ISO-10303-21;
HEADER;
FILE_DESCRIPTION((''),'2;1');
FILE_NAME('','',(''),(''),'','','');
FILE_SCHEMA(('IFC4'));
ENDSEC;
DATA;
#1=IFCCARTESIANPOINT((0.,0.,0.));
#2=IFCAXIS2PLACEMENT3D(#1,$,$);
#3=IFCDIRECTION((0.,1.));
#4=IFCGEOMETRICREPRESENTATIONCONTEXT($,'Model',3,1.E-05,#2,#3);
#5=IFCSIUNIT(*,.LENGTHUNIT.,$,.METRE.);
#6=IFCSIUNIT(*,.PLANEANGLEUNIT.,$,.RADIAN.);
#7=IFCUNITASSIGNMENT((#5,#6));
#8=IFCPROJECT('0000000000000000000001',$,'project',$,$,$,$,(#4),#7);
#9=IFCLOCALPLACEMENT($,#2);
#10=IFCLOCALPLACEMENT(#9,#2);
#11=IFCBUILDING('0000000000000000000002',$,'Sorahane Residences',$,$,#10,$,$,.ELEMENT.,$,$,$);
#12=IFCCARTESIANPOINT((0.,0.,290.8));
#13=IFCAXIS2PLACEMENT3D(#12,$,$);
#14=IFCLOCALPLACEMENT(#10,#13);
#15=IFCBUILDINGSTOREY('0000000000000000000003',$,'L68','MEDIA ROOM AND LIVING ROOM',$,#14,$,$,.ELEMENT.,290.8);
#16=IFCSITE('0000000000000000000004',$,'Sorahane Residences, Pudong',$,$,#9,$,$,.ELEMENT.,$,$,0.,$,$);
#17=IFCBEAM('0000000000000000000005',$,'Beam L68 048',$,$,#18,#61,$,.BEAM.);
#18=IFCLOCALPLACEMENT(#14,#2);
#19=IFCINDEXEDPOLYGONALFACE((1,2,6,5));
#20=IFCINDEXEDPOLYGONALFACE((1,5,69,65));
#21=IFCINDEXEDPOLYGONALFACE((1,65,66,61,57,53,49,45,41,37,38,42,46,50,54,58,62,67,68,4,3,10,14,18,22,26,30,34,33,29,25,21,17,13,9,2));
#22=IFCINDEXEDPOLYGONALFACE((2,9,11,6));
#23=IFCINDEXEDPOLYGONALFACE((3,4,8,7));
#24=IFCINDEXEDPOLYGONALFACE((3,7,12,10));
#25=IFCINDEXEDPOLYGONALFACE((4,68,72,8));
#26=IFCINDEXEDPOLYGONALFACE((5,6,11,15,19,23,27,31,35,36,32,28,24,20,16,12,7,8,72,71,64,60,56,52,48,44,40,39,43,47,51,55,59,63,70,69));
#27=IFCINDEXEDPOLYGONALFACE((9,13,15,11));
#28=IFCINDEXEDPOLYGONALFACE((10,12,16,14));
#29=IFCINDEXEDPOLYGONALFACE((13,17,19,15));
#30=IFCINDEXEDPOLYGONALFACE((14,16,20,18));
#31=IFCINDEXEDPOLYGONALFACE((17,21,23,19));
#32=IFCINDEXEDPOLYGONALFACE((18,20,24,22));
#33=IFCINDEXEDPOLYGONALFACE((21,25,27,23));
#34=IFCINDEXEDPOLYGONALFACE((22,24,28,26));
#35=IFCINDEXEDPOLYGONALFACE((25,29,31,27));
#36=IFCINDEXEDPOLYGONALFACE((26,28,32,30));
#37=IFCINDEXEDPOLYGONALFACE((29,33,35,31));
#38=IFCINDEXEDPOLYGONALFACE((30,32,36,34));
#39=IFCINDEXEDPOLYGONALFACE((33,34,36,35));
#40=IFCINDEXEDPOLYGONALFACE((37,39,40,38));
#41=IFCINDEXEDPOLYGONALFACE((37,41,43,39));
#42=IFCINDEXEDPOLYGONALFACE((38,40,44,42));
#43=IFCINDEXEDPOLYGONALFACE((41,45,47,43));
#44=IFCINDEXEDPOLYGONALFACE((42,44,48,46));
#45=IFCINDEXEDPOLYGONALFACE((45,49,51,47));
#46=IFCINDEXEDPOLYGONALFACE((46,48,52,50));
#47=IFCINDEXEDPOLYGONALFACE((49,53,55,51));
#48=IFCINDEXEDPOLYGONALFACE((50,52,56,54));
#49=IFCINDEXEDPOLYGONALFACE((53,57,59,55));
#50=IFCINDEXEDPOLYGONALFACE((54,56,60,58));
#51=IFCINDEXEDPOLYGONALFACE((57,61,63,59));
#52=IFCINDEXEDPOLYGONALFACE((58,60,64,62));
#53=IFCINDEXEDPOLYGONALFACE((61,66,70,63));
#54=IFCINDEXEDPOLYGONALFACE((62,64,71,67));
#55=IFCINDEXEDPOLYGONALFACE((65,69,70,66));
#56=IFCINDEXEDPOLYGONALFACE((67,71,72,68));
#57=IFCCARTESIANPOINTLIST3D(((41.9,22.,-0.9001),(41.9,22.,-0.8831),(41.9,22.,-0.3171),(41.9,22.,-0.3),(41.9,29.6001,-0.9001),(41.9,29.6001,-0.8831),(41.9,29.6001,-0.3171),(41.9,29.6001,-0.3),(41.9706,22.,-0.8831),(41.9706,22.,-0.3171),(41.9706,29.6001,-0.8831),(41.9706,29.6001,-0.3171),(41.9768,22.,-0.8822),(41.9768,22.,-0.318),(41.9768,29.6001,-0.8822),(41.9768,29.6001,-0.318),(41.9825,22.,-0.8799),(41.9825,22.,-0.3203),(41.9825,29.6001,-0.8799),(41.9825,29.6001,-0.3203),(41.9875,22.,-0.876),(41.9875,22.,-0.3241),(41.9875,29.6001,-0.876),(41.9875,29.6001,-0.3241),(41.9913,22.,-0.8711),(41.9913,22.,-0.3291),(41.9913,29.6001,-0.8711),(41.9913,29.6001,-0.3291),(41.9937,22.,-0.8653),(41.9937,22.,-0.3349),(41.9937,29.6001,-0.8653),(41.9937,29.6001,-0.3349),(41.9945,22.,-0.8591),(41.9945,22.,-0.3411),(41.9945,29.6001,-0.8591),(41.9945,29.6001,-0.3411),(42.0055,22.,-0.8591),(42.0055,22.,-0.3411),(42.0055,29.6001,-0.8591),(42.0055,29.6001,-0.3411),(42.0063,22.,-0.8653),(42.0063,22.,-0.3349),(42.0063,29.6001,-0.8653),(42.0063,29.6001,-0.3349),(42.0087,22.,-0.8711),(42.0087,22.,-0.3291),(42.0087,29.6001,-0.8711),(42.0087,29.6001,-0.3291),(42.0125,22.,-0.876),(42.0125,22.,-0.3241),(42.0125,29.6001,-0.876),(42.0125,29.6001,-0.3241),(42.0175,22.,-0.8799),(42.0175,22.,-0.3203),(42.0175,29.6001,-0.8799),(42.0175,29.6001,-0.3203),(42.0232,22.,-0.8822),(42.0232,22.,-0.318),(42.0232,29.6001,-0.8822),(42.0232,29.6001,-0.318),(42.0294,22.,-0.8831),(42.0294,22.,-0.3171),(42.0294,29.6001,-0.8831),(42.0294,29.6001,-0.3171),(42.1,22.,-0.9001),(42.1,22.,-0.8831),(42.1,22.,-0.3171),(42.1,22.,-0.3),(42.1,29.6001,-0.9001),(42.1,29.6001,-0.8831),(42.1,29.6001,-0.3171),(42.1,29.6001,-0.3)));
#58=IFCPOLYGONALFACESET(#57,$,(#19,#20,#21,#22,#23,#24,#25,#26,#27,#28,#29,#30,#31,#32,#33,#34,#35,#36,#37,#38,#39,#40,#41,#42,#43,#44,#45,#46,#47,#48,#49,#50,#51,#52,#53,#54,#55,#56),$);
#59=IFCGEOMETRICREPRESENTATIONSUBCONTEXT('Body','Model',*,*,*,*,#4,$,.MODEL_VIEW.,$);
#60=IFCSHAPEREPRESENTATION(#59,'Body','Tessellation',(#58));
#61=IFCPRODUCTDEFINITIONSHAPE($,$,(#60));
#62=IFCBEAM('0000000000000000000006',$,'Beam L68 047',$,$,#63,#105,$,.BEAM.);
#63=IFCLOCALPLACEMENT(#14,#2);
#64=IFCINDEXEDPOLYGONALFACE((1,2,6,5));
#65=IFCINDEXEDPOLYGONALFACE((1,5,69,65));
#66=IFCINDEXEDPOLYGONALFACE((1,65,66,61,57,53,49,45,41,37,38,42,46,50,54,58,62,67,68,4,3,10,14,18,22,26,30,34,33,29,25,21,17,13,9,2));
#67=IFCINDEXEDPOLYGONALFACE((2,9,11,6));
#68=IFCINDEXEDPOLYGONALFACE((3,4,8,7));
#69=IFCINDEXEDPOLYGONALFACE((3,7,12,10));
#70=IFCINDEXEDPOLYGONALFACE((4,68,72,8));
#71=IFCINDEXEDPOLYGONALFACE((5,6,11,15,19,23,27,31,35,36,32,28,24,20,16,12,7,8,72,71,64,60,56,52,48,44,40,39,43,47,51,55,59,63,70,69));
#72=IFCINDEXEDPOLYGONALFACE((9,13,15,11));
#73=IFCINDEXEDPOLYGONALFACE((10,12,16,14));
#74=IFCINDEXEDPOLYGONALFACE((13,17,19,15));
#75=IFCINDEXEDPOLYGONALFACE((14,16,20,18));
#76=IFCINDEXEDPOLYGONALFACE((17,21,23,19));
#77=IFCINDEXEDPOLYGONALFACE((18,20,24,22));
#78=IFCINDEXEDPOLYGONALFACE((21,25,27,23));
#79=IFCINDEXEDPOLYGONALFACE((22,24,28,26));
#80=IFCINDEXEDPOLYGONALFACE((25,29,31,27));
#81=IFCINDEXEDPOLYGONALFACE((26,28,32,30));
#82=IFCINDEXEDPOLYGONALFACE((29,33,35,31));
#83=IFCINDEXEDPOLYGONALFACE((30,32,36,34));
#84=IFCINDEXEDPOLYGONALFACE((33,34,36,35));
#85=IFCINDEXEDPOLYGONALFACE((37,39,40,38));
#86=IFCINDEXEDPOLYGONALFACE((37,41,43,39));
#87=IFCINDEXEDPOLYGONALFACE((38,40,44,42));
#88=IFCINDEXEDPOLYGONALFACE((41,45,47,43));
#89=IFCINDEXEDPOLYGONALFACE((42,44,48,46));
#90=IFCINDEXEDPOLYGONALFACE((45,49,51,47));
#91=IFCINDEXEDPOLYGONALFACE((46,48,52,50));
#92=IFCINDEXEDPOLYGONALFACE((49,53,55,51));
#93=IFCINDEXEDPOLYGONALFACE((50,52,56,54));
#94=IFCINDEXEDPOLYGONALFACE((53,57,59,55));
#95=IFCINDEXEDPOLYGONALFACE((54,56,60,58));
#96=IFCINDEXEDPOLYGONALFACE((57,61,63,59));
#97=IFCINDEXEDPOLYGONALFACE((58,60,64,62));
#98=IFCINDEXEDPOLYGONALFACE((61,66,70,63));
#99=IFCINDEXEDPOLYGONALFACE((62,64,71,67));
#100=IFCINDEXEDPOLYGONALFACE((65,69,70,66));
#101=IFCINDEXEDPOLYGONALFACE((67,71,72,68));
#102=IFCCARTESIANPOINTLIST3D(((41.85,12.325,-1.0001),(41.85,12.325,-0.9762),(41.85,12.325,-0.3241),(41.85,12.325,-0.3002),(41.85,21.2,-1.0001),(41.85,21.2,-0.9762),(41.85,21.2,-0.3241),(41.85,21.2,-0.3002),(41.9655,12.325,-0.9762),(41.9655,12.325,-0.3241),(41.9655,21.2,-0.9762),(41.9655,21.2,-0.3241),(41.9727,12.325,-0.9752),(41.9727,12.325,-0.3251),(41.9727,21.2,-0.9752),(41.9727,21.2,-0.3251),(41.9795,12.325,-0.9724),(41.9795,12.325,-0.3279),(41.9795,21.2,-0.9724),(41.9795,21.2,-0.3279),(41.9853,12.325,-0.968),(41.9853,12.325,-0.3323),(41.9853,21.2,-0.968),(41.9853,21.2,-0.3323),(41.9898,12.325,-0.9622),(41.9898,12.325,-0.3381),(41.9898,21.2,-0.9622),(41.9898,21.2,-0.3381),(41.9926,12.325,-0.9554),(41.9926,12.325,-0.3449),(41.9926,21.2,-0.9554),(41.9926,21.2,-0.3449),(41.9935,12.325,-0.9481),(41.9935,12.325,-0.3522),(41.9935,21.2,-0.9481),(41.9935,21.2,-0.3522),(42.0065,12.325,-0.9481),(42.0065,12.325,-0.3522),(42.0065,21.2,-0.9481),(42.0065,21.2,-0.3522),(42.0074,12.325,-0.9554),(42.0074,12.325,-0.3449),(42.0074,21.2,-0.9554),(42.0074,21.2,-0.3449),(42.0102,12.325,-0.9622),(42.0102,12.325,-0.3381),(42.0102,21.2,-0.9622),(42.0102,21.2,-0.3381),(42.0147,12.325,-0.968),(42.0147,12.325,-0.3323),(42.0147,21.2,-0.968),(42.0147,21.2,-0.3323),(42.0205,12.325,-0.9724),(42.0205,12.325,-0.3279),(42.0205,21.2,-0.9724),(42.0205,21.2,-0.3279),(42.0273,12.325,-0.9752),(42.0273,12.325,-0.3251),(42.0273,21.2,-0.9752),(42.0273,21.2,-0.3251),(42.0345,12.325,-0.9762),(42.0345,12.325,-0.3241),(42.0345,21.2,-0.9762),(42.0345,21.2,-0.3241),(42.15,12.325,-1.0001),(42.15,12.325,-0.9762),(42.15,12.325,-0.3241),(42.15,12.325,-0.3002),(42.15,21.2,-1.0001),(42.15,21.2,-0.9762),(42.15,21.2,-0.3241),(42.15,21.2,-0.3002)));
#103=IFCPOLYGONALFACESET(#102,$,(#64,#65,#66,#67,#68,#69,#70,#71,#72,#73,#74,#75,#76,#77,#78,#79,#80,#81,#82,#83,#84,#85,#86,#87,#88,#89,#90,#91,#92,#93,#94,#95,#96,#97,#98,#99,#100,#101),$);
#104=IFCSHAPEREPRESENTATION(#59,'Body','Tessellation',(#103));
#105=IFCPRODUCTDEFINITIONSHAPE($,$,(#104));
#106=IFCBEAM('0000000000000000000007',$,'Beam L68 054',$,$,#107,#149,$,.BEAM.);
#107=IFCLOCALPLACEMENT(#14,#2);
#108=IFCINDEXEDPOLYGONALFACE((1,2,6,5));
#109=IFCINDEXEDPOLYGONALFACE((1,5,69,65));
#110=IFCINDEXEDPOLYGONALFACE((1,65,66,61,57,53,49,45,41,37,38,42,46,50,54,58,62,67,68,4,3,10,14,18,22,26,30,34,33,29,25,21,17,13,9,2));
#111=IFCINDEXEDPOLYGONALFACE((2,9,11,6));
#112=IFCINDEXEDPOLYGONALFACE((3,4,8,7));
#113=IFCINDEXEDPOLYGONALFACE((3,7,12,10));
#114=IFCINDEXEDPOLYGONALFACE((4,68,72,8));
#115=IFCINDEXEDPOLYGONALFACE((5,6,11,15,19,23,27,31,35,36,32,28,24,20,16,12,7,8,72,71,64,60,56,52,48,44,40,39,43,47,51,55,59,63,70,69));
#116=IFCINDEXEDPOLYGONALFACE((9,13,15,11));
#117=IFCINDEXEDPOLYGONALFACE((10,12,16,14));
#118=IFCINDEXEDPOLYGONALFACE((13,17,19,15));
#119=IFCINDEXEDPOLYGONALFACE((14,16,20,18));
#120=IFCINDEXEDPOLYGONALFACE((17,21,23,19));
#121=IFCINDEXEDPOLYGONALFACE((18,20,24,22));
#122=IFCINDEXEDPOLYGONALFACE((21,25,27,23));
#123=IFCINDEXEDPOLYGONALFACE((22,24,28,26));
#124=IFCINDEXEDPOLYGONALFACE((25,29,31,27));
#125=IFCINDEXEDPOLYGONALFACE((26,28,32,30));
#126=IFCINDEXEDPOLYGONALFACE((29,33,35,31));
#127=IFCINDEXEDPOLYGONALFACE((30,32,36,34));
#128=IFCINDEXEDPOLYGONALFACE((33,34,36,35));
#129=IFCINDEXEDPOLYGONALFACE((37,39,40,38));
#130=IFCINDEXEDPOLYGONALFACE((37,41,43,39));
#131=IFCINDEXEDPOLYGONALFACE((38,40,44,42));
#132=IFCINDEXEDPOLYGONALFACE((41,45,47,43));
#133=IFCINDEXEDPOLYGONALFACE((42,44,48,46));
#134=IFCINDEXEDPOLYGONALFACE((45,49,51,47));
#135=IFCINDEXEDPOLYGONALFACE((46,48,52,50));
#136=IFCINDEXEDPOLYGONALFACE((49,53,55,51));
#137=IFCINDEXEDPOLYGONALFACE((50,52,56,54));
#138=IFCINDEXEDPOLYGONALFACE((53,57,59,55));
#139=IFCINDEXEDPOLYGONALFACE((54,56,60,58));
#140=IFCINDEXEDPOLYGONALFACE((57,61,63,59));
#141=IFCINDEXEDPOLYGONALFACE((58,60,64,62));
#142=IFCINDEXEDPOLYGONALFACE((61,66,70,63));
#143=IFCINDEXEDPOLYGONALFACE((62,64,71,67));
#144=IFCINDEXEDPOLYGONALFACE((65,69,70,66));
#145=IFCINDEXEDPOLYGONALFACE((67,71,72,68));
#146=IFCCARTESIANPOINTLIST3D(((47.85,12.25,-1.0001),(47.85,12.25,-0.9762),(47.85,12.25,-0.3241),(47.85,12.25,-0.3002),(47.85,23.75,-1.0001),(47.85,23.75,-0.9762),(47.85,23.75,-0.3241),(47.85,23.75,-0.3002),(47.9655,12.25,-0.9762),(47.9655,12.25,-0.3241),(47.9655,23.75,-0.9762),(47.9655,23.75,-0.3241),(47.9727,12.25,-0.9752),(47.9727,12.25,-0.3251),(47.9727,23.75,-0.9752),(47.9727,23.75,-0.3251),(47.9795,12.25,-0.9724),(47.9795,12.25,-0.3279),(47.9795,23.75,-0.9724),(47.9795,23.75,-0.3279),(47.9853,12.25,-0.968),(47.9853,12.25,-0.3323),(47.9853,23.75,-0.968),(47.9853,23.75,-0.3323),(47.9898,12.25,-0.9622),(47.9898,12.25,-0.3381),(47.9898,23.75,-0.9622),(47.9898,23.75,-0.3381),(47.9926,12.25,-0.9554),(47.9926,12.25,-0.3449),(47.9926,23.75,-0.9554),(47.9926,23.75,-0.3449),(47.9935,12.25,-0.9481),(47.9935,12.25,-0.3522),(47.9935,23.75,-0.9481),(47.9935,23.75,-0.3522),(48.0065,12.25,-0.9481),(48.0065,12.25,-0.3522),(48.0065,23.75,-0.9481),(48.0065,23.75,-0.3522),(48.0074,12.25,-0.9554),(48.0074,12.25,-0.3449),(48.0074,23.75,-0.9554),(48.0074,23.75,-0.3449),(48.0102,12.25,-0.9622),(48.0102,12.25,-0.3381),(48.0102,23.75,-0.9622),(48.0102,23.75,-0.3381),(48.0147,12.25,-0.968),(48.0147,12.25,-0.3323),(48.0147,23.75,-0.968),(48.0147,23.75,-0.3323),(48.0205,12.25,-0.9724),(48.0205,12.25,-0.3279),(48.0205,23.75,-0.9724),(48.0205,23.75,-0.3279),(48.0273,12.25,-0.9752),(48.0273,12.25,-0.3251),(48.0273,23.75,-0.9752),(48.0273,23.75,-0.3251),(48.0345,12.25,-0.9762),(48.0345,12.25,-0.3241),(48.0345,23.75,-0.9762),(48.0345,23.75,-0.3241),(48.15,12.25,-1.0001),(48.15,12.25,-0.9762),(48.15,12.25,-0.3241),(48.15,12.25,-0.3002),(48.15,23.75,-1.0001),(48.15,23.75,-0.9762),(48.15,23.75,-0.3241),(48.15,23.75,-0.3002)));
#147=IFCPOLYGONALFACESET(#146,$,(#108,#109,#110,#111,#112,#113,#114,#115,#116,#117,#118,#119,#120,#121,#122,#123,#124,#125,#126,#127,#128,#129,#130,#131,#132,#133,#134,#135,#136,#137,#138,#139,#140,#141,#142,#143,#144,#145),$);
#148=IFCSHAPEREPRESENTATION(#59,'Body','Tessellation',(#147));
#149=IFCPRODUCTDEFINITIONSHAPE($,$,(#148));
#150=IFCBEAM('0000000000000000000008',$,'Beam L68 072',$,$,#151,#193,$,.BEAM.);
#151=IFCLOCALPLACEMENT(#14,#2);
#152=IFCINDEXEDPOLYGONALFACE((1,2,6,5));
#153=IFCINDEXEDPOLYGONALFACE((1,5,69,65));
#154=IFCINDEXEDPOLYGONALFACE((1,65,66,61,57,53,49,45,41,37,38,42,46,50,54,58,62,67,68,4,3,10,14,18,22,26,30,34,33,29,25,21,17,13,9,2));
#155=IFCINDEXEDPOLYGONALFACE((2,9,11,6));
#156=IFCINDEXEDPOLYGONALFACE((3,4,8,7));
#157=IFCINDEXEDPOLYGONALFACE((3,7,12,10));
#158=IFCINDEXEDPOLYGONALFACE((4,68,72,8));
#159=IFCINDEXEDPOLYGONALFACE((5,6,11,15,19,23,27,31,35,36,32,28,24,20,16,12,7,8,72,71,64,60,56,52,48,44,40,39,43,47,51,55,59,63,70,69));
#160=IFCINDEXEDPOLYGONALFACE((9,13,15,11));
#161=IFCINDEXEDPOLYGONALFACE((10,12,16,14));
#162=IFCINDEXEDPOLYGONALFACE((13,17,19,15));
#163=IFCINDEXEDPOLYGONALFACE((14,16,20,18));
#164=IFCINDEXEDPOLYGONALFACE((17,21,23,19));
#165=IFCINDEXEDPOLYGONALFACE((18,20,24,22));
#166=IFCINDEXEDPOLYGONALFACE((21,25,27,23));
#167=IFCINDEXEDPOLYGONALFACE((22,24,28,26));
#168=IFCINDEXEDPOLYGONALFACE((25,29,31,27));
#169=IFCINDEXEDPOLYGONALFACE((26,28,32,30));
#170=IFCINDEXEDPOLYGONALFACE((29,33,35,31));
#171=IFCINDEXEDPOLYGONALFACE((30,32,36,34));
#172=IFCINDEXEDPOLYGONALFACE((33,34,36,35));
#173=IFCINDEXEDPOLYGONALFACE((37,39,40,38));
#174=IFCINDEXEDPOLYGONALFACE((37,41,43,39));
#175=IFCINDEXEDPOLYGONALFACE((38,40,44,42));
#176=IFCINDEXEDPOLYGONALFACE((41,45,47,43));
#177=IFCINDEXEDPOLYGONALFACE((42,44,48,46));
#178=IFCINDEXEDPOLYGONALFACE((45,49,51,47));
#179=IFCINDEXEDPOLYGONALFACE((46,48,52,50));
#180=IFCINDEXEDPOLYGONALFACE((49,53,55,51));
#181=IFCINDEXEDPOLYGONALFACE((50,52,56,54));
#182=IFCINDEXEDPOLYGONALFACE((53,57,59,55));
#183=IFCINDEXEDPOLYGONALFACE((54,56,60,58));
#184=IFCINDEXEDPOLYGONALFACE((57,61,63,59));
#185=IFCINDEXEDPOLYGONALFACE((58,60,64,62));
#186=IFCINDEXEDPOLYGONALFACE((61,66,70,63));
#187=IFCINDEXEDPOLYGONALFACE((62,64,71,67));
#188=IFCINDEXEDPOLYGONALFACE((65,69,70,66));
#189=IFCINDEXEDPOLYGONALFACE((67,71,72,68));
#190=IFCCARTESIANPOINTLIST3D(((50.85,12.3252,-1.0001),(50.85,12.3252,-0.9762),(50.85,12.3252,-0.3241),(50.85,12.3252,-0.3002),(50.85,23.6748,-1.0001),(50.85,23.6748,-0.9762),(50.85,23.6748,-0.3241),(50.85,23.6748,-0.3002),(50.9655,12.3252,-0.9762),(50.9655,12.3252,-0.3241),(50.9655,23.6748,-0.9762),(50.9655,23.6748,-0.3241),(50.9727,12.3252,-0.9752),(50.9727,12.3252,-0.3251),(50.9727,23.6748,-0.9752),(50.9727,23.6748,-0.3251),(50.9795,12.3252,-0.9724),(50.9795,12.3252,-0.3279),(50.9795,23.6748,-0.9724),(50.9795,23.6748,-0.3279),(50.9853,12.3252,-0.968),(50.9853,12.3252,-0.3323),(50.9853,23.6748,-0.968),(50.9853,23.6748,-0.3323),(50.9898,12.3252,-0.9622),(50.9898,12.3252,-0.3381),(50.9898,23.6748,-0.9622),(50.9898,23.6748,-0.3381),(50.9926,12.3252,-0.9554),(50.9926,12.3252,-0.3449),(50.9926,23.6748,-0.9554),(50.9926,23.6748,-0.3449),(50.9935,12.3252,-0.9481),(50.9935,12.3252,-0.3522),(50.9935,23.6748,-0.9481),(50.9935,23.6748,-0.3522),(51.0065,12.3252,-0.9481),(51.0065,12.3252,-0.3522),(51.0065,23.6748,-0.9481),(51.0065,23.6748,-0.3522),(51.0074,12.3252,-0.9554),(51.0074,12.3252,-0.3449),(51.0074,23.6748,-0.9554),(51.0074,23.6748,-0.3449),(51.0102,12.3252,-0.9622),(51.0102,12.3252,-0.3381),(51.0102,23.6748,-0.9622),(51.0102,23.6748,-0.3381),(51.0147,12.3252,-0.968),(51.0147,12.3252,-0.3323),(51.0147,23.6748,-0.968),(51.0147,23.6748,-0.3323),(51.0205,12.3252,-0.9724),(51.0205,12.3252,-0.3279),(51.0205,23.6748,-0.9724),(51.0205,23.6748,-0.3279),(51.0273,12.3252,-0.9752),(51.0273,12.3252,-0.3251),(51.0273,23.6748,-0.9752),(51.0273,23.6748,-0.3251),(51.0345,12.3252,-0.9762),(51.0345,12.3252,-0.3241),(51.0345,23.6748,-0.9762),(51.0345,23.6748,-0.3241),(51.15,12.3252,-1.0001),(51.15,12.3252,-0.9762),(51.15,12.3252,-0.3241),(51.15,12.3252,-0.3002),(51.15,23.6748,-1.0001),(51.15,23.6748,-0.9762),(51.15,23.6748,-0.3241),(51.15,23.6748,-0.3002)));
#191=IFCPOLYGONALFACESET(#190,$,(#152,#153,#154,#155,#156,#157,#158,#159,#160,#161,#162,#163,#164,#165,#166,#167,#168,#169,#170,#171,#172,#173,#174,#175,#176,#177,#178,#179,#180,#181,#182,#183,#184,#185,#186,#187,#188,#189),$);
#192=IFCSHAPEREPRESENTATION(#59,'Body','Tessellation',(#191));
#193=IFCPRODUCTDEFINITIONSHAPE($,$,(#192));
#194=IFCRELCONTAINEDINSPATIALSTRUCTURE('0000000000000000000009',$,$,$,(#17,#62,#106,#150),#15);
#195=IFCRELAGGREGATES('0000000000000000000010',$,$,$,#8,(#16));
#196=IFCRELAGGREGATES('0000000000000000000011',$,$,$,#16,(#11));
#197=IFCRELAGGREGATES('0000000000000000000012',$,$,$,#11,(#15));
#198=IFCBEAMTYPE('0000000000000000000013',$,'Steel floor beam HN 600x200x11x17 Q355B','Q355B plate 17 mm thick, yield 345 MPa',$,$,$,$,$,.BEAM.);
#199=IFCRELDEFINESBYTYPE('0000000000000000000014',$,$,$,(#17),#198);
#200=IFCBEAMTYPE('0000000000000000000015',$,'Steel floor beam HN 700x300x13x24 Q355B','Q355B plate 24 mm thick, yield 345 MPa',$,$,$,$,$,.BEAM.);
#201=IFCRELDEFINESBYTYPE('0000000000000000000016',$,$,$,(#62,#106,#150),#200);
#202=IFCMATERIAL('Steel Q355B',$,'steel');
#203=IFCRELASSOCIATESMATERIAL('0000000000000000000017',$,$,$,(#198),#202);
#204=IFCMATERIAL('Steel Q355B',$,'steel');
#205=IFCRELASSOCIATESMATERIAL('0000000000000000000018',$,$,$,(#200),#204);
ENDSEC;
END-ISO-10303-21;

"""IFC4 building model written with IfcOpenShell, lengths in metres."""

from ifc_helpers import new_model, si_unit, direction, frame, origin, origin_2d, place, context, subcontext, project, spatial, i_section, extrude, material, material_profile, profile_set, type_object, element, save


model = new_model("IFC4")

# Units and contexts
model_context = context("Model", 3, precision=1e-05, world=origin(), true_north=direction((0.0, 1.0)))
body_context = subcontext(model_context, "Body", "Model", "MODEL_VIEW")
ifc_project = project(units=[si_unit("LENGTHUNIT", "METRE"), si_unit("PLANEANGLEUNIT", "RADIAN")], contexts=[model_context])

# Site, building, storey
site_placement = place(None, origin())
site = spatial("IfcSite", under=ifc_project, at=site_placement, Name="Sorahane Residences, Pudong", CompositionType="ELEMENT", RefElevation=0.0)
building_placement = place(site_placement, origin())
building = spatial("IfcBuilding", under=site, at=building_placement, Name="Sorahane Residences", CompositionType="ELEMENT")
storey_placement = place(building_placement, frame((0.0, 0.0, 290.8)))
storey = spatial("IfcBuildingStorey", under=building, at=storey_placement, Name="L68", Description="MEDIA ROOM AND LIVING ROOM", CompositionType="ELEMENT", Elevation=290.8)

# Beams
ifc_material_1 = material(Name="Steel Q355B", Category="steel")
ifc_material_profile_1 = material_profile(ifc_material_1, i_section(OverallWidth=0.2, OverallDepth=0.6001, WebThickness=0.011, FlangeThickness=0.0171, FilletRadius=0.0239, at=origin_2d()), Name="HN 600x200x11x17")
ifc_profile_set_1 = profile_set([ifc_material_profile_1], Name="Steel Q355B")
beam_type_1 = type_object("IfcBeamType", Name="Steel floor beam HN 600x200x11x17 Q355B", Description="Q355B plate 17 mm thick, yield 345 MPa", PredefinedType="BEAM", material=ifc_profile_set_1)
beam_1_placement = place(storey_placement, frame((42.0, 22.0, -0.6001), z_axis=(0.0, 1.0, 0.0), x_axis=(-1.0, 0.0, 0.0)))
element("IfcBeam", 1, at=beam_1_placement, inside=storey, type_object=beam_type_1, Name="Beam L68 048", PredefinedType="BEAM", context=body_context, shape_type="SweptSolid", body=[
    extrude(i_section(OverallWidth=0.2, OverallDepth=0.6001, WebThickness=0.011, FlangeThickness=0.0171, FilletRadius=0.0239, at=origin_2d()), origin(), (0.0, 0.0, 1.0), 7.6001),
])
ifc_material_2 = material(Name="Steel Q355B", Category="steel")
ifc_material_profile_2 = material_profile(ifc_material_2, i_section(OverallWidth=0.3, OverallDepth=0.7, WebThickness=0.0129, FlangeThickness=0.0239, FilletRadius=0.0281, at=origin_2d()), Name="HN 700x300x13x24")
ifc_profile_set_2 = profile_set([ifc_material_profile_2], Name="Steel Q355B")
beam_type_2 = type_object("IfcBeamType", Name="Steel floor beam HN 700x300x13x24 Q355B", Description="Q355B plate 24 mm thick, yield 345 MPa", PredefinedType="BEAM", material=ifc_profile_set_2)
beam_2_placement = place(storey_placement, frame((42.0, 12.325, -0.6501), z_axis=(0.0, 1.0, 0.0), x_axis=(-1.0, 0.0, 0.0)))
element("IfcBeam", 2, at=beam_2_placement, inside=storey, type_object=beam_type_2, Name="Beam L68 047", PredefinedType="BEAM", context=body_context, shape_type="SweptSolid", body=[
    extrude(i_section(OverallWidth=0.3, OverallDepth=0.7, WebThickness=0.0129, FlangeThickness=0.0239, FilletRadius=0.0281, at=origin_2d()), origin(), (0.0, 0.0, 1.0), 8.875),
])
beam_3_placement = place(storey_placement, frame((48.0, 12.25, -0.6501), z_axis=(0.0, 1.0, 0.0), x_axis=(-1.0, 0.0, 0.0)))
element("IfcBeam", 3, at=beam_3_placement, inside=storey, type_object=beam_type_2, Name="Beam L68 054", PredefinedType="BEAM", context=body_context, shape_type="SweptSolid", body=[
    extrude(i_section(OverallWidth=0.3, OverallDepth=0.7, WebThickness=0.0129, FlangeThickness=0.0239, FilletRadius=0.0281, at=origin_2d()), origin(), (0.0, 0.0, 1.0), 11.5),
])
for number, where, z_axis, x_axis, name in (
    (4, (51.0, 12.3252, -0.6501), (0.0, 1.0, 0.0), (-1.0, 0.0, 0.0), "Beam L68 072"),
):
    element("IfcBeam", number, at=place(storey_placement, frame(where, z_axis=z_axis, x_axis=x_axis)), inside=storey, type_object=beam_type_2, Name=name, PredefinedType="BEAM", context=body_context, shape_type="SweptSolid", body=[
        extrude(i_section(OverallWidth=0.3, OverallDepth=0.7, WebThickness=0.0129, FlangeThickness=0.0239, FilletRadius=0.0281, at=origin_2d()), origin(), (0.0, 0.0, 1.0), 11.3496),
    ])

save(model, "model.ifc")
